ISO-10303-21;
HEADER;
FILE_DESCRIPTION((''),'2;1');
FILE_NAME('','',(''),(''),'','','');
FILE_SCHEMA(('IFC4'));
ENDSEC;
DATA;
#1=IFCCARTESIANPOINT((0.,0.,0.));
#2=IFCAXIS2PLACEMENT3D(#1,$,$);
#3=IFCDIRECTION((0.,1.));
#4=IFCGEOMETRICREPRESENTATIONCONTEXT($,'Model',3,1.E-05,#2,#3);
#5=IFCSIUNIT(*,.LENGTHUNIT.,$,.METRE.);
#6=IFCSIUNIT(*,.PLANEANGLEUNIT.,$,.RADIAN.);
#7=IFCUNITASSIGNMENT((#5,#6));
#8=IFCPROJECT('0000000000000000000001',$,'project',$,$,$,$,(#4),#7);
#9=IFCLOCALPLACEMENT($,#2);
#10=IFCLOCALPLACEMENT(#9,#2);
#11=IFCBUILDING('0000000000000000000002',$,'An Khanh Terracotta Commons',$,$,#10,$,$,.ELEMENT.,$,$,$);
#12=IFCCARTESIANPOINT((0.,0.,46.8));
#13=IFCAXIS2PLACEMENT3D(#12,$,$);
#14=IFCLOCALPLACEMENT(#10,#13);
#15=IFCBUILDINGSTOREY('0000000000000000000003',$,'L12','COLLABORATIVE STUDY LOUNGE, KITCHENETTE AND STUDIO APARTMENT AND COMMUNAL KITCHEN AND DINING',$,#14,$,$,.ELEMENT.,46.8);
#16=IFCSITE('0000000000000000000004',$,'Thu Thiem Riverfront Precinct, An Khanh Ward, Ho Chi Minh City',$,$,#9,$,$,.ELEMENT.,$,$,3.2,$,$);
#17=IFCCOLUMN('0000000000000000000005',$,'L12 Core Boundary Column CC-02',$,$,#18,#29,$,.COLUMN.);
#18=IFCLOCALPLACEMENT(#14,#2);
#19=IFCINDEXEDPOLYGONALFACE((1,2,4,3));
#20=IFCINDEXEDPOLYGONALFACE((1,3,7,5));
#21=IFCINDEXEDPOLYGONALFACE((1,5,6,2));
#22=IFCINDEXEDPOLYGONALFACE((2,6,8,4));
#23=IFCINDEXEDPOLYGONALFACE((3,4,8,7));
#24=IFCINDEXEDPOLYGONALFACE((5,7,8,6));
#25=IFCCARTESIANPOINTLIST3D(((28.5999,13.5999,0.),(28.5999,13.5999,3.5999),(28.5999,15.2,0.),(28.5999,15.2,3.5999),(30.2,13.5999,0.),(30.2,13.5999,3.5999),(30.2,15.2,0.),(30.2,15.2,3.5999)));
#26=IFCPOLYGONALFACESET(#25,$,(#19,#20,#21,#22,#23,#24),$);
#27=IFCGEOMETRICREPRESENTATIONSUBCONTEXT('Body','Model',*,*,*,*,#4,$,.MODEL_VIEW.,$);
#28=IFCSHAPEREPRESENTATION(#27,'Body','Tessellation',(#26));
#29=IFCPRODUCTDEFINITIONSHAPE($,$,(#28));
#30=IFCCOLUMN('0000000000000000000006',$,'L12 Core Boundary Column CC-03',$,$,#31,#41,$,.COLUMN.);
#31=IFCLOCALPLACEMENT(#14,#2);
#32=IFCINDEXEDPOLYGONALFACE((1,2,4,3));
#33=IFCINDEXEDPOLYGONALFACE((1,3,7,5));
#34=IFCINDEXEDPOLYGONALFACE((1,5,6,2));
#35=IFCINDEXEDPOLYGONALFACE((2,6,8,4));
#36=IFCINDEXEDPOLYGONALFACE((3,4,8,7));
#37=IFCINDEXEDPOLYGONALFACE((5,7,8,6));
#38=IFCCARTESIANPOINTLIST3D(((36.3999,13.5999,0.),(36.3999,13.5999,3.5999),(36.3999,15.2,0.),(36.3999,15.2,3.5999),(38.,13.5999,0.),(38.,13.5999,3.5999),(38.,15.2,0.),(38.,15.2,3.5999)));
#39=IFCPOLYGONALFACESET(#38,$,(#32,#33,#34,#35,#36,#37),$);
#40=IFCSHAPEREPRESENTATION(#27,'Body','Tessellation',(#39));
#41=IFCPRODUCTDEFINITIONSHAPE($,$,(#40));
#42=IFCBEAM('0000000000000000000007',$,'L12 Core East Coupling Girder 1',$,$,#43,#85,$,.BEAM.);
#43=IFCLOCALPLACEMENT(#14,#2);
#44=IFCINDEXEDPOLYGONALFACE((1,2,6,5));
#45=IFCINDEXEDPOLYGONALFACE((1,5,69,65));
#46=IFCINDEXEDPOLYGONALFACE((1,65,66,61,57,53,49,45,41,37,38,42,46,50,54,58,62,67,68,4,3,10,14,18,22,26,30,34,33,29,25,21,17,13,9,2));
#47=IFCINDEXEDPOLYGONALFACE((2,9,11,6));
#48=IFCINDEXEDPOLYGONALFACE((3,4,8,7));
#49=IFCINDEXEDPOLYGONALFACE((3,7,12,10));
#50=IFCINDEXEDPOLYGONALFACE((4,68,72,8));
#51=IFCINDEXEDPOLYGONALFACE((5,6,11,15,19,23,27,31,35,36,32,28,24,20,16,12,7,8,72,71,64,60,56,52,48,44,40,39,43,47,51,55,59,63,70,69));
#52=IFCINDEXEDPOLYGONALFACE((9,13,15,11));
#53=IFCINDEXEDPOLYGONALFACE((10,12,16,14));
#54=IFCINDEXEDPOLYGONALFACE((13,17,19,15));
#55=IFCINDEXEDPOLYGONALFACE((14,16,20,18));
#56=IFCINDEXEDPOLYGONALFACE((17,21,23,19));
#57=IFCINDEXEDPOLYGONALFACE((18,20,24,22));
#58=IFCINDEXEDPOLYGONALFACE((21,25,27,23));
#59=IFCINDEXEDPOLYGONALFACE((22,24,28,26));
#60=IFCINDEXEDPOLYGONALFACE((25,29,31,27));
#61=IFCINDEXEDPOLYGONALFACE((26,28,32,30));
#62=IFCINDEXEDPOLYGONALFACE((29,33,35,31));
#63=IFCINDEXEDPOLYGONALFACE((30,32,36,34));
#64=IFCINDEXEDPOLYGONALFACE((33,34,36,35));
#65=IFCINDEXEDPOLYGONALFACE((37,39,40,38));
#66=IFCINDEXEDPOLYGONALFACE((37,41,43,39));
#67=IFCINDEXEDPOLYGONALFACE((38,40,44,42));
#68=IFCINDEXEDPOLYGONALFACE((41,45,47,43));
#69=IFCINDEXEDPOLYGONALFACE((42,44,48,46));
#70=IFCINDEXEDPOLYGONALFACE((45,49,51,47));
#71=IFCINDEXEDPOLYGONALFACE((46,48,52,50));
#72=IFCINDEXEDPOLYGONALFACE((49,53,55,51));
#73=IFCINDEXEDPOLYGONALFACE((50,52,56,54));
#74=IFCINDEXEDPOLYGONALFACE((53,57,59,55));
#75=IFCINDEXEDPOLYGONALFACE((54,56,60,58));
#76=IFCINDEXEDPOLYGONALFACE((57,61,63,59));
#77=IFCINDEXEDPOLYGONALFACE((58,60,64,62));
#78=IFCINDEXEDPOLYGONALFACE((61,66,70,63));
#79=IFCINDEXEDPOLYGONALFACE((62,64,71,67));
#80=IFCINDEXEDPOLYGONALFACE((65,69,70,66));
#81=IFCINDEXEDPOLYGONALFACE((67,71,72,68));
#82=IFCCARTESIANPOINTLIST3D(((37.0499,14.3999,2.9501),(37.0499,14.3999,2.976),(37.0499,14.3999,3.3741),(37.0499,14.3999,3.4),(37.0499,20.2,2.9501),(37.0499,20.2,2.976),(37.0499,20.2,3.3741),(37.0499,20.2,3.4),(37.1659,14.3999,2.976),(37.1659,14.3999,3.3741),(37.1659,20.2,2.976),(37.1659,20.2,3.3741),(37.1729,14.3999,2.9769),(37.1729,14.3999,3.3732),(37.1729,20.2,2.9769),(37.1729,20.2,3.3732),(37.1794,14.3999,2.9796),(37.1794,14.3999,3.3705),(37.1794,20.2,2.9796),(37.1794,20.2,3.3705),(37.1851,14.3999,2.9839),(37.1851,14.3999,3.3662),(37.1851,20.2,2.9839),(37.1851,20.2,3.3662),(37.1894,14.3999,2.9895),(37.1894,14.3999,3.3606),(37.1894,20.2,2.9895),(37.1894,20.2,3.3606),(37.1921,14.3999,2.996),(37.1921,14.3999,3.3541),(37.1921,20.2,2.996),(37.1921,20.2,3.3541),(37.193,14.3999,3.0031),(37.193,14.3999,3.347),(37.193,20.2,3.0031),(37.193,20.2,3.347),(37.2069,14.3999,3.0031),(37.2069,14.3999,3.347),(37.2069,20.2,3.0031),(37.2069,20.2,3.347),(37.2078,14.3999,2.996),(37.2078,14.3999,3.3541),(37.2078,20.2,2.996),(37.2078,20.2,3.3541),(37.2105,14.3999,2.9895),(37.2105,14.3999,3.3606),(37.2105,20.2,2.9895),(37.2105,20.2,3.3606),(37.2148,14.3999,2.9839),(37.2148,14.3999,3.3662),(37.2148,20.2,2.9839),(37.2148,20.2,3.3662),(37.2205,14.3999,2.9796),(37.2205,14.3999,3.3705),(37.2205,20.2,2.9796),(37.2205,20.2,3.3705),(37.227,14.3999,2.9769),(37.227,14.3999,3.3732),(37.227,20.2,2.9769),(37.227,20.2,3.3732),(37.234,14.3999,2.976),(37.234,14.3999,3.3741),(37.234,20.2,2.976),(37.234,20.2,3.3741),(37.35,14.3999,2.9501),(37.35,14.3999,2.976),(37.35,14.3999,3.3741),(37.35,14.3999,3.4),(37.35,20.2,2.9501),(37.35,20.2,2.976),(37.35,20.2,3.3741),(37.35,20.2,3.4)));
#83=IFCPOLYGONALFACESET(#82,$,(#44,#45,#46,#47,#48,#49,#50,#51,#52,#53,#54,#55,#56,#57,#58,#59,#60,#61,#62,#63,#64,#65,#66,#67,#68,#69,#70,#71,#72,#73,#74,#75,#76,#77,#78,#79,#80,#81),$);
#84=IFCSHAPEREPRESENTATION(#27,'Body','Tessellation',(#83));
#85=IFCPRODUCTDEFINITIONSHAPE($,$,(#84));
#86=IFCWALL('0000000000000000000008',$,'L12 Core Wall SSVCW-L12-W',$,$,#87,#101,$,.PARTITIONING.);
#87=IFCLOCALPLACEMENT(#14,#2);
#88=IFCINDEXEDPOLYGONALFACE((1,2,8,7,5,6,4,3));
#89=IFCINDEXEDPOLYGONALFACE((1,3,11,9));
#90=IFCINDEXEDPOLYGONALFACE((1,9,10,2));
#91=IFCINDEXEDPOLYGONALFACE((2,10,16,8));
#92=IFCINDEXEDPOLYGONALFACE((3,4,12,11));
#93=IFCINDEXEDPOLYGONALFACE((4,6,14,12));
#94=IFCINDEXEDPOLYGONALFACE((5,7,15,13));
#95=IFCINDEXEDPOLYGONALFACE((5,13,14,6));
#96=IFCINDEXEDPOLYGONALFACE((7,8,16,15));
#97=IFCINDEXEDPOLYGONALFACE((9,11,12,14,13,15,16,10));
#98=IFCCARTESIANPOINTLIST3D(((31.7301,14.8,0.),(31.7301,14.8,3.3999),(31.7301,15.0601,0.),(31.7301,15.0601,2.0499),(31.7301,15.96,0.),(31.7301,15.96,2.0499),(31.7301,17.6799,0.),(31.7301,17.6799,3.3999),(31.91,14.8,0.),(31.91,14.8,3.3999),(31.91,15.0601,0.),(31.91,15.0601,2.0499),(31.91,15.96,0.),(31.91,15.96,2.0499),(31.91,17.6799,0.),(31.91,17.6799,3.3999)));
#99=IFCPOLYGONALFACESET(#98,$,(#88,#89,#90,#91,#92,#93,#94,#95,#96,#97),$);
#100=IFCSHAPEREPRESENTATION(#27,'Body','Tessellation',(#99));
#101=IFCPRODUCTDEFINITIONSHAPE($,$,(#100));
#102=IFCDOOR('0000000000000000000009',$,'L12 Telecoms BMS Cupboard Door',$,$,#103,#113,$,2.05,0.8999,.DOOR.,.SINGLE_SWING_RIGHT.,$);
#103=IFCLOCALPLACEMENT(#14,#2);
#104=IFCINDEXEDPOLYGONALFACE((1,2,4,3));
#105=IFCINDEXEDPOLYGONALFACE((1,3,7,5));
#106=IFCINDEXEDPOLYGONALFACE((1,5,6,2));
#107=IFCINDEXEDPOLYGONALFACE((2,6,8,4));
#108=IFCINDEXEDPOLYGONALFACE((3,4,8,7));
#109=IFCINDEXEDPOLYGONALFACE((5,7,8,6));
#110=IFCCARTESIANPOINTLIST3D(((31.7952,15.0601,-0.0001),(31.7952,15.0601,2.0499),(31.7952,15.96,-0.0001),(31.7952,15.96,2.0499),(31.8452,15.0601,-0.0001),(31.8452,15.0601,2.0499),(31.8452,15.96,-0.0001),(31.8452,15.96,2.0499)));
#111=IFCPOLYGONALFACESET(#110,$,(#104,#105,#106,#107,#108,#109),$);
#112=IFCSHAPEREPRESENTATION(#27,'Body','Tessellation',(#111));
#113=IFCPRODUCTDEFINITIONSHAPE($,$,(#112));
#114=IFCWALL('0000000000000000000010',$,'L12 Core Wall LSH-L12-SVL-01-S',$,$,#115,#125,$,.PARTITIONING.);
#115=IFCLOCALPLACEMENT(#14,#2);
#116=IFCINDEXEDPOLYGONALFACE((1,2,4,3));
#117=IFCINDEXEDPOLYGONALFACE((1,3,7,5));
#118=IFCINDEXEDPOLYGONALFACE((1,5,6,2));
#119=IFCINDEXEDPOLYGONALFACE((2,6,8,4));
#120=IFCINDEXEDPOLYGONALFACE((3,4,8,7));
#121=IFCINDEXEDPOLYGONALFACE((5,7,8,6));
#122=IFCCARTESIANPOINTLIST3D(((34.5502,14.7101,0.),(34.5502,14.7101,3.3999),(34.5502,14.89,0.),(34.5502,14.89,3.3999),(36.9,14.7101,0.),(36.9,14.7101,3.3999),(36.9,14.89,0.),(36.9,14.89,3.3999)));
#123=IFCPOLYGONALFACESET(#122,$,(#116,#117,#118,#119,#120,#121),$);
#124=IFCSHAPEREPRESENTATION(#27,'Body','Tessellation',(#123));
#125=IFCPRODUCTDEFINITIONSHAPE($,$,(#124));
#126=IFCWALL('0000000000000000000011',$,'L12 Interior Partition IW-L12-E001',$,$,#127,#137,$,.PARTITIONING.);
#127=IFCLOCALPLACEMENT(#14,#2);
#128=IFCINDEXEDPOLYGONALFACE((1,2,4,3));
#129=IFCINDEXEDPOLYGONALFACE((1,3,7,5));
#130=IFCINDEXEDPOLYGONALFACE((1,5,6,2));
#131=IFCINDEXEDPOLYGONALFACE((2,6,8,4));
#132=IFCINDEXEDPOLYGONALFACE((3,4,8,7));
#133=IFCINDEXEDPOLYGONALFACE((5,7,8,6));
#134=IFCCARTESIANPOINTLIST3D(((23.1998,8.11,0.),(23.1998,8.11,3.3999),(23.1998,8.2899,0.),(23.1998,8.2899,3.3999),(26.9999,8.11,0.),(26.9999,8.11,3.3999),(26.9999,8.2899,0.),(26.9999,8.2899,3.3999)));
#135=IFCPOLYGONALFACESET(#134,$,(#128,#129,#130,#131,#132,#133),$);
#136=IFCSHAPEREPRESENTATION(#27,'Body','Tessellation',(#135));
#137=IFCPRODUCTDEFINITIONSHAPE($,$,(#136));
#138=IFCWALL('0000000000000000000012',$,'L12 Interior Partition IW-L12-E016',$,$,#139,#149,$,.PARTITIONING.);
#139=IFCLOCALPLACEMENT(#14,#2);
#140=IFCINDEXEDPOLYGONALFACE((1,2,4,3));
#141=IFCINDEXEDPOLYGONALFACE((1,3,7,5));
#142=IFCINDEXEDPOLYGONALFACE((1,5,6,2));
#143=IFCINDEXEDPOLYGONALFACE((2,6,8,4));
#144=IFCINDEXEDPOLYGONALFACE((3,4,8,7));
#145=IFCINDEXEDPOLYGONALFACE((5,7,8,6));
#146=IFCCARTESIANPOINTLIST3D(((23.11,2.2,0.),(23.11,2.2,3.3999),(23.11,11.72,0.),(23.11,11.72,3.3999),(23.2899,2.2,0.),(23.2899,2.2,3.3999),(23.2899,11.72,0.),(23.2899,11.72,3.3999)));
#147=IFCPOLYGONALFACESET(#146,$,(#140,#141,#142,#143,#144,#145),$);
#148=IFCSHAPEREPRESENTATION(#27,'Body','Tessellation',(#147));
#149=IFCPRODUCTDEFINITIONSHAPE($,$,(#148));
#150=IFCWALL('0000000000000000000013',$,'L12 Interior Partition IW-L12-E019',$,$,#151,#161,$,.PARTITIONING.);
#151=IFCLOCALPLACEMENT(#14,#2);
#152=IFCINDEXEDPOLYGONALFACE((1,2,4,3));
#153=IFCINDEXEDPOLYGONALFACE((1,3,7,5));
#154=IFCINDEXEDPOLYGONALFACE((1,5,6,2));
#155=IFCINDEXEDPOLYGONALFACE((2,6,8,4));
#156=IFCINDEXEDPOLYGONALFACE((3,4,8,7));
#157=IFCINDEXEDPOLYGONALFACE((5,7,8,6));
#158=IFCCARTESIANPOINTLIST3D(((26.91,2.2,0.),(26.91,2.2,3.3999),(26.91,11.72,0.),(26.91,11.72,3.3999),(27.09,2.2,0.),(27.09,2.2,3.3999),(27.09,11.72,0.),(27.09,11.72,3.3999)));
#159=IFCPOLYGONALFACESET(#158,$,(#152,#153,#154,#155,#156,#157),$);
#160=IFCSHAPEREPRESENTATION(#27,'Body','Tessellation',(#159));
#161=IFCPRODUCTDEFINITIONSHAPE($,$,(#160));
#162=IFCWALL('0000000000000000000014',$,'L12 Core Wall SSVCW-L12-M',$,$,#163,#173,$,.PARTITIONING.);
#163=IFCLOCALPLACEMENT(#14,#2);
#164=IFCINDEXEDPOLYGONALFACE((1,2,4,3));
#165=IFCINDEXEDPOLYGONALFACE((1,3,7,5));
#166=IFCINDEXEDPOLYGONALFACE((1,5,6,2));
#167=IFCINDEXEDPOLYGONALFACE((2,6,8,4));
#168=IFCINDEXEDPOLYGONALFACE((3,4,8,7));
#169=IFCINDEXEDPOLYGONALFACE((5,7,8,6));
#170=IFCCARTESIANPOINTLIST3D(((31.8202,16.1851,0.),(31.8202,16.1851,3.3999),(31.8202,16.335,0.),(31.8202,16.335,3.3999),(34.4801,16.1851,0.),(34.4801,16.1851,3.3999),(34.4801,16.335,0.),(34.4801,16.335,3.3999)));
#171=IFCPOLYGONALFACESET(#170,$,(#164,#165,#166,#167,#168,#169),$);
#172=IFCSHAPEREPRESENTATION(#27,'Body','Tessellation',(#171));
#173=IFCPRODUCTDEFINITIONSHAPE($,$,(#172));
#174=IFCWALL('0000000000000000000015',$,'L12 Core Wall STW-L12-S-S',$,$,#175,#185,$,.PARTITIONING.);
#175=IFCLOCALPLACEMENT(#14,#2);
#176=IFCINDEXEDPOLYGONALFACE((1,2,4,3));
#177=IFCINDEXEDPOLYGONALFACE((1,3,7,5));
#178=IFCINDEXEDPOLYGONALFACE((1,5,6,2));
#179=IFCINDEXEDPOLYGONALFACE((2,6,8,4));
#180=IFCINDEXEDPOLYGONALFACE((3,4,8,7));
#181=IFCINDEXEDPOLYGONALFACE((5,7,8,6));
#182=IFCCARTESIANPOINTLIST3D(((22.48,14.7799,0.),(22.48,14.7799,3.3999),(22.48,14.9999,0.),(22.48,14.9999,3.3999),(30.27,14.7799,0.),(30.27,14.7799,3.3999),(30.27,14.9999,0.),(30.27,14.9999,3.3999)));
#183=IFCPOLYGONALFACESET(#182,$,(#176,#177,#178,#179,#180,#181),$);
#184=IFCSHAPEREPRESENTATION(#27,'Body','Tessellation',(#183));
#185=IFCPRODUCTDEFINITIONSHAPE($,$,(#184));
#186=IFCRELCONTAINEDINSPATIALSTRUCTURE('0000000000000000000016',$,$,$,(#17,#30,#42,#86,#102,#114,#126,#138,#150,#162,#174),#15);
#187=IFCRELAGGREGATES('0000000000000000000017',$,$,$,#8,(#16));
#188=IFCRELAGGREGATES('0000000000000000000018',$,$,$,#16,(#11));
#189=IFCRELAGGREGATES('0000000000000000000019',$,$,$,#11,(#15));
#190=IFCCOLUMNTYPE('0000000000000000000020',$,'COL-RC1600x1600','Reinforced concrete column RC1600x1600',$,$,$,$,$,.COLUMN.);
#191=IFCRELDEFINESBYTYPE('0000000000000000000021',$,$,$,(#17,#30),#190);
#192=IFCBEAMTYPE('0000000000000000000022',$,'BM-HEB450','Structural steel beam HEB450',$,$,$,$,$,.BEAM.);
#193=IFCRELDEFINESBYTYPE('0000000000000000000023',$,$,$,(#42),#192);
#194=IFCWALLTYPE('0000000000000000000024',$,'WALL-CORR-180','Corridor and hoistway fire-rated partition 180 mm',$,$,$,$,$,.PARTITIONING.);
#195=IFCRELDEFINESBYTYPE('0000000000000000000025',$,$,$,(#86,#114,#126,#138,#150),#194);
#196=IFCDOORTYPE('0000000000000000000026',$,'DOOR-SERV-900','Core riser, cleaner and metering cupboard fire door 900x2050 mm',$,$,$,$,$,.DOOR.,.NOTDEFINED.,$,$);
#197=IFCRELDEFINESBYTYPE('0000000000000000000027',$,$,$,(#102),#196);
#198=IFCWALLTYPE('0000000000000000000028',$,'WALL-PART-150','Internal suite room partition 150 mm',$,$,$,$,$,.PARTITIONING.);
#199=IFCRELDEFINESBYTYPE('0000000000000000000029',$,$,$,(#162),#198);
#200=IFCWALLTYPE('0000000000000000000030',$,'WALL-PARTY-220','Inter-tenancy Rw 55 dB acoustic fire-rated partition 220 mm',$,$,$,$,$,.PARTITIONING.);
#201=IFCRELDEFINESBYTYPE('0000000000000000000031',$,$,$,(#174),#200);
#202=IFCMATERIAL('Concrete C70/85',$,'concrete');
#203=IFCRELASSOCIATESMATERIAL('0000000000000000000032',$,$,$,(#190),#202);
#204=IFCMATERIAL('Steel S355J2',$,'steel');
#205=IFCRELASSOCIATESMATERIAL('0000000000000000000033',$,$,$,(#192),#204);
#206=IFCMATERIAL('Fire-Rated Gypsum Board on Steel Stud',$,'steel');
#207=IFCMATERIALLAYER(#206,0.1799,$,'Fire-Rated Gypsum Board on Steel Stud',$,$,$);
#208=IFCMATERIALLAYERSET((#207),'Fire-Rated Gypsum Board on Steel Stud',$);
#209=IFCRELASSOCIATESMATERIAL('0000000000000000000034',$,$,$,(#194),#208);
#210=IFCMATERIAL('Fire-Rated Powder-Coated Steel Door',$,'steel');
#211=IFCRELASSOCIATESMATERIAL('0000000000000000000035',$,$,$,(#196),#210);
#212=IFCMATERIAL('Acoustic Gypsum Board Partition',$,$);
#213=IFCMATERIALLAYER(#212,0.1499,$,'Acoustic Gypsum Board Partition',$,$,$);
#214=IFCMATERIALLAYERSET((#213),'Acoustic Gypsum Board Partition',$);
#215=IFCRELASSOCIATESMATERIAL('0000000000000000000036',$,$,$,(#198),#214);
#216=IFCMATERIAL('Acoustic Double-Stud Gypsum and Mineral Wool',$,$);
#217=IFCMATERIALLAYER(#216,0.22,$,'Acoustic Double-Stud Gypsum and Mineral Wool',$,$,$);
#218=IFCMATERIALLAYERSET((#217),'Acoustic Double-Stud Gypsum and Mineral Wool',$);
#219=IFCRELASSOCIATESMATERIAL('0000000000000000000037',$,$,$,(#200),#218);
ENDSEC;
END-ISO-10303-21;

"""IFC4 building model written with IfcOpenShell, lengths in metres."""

from ifc_helpers import new_model, si_unit, direction, frame, frame_2d, origin, origin_2d, place, context, subcontext, project, spatial, rectangle, i_section, extrude, material, layer, layer_set, material_profile, profile_set, type_object, element, fill, save


model = new_model("IFC4")

# Units and contexts
model_context = context("Model", 3, precision=1e-05, world=origin(), true_north=direction((0.0, 1.0)))
body_context = subcontext(model_context, "Body", "Model", "MODEL_VIEW")
ifc_project = project(units=[si_unit("LENGTHUNIT", "METRE"), si_unit("PLANEANGLEUNIT", "RADIAN")], contexts=[model_context])

# Site, building, storey
site_placement = place(None, origin())
site = spatial("IfcSite", under=ifc_project, at=site_placement, Name="Thu Thiem Riverfront Precinct, An Khanh Ward, Ho Chi Minh City", CompositionType="ELEMENT", RefElevation=3.2)
building_placement = place(site_placement, origin())
building = spatial("IfcBuilding", under=site, at=building_placement, Name="An Khanh Terracotta Commons", CompositionType="ELEMENT")
storey_placement = place(building_placement, frame((0.0, 0.0, 46.8)))
storey = spatial("IfcBuildingStorey", under=building, at=storey_placement, Name="L12", Description="COLLABORATIVE STUDY LOUNGE, KITCHENETTE AND STUDIO APARTMENT AND COMMUNAL KITCHEN AND DINING", CompositionType="ELEMENT", Elevation=46.8)

# Columns
ifc_material_1 = material(Name="Concrete C70/85", Category="concrete")
ifc_material_profile_1 = material_profile(ifc_material_1, rectangle(XDim=1.6001, YDim=1.6001, at=origin_2d()), Name="RC1600x1600")
ifc_profile_set_1 = profile_set([ifc_material_profile_1], Name="Concrete C70/85")
column_type = type_object("IfcColumnType", Name="COL-RC1600x1600", Description="Reinforced concrete column RC1600x1600", PredefinedType="COLUMN", material=ifc_profile_set_1)
for number, where, z_axis, x_axis, name in (
    (1, (29.3999, 14.3999, 0.0), (0.0, 0.0, 1.0), (1.0, 0.0, 0.0), "L12 Core Boundary Column CC-02"),
    (2, (37.2, 14.3999, 0.0), (0.0, 0.0, 1.0), (1.0, 0.0, 0.0), "L12 Core Boundary Column CC-03"),
):
    element("IfcColumn", number, at=place(storey_placement, frame(where, z_axis=z_axis, x_axis=x_axis)), inside=storey, type_object=column_type, Name=name, PredefinedType="COLUMN", context=body_context, shape_type="SweptSolid", body=[
        extrude(rectangle(XDim=1.6001, YDim=1.6001, at=origin_2d()), origin(), (0.0, 0.0, 1.0), 3.5999),
    ])

# Beam
ifc_material_2 = material(Name="Steel S355J2", Category="steel")
ifc_material_profile_2 = material_profile(ifc_material_2, i_section(OverallWidth=0.3, OverallDepth=0.45, WebThickness=0.0139, FlangeThickness=0.0259, FilletRadius=0.0271, at=origin_2d()), Name="HEB450")
ifc_profile_set_2 = profile_set([ifc_material_profile_2], Name="Steel S355J2")
beam_type = type_object("IfcBeamType", Name="BM-HEB450", Description="Structural steel beam HEB450", PredefinedType="BEAM", material=ifc_profile_set_2)
beam_placement = place(storey_placement, frame((37.2, 14.3999, 3.175), z_axis=(0.0, 1.0, 0.0), x_axis=(-1.0, 0.0, 0.0)))
element("IfcBeam", 3, at=beam_placement, inside=storey, type_object=beam_type, Name="L12 Core East Coupling Girder 1", PredefinedType="BEAM", context=body_context, shape_type="SweptSolid", body=[
    extrude(i_section(OverallWidth=0.3, OverallDepth=0.45, WebThickness=0.0139, FlangeThickness=0.0259, FilletRadius=0.0271, at=origin_2d()), origin(), (0.0, 0.0, 1.0), 5.8),
])

# Wall, opening, door
ifc_material_3 = material(Name="Fire-Rated Gypsum Board on Steel Stud", Category="steel")
ifc_layer_1 = layer(ifc_material_3, 0.1799, Name="Fire-Rated Gypsum Board on Steel Stud")
ifc_layer_set_1 = layer_set([ifc_layer_1], Name="Fire-Rated Gypsum Board on Steel Stud")
wall_type_1 = type_object("IfcWallType", Name="WALL-CORR-180", Description="Corridor and hoistway fire-rated partition 180 mm", PredefinedType="PARTITIONING", material=ifc_layer_set_1)
wall_1_placement = place(storey_placement, frame((31.8201, 14.8, 0.0), z_axis=(0.0, 0.0, 1.0), x_axis=(0.0, 1.0, 0.0)))
wall_1 = element("IfcWall", 4, at=wall_1_placement, inside=storey, type_object=wall_type_1, Name="L12 Core Wall SSVCW-L12-W", PredefinedType="PARTITIONING", context=body_context, shape_type="SweptSolid", body=[
    extrude(rectangle(XDim=2.8799, YDim=0.1799, at=frame_2d((1.4399, 0.0))), origin(), (0.0, 0.0, 1.0), 3.3999),
])
opening_1_placement = place(wall_1_placement, frame((0.26, 0.0, 0.0)))
opening_1 = element("IfcOpeningElement", 5, at=opening_1_placement, cuts=wall_1, PredefinedType="OPENING", context=body_context, shape_type="SweptSolid", body=[
    extrude(rectangle(XDim=0.8999, YDim=2.05, at=frame_2d((0.45, 1.0249))), frame((0.0, 0.0999, 0.0), z_axis=(0.0, -1.0, 0.0), x_axis=(1.0, 0.0, 0.0)), (0.0, 0.0, 1.0), 0.2),
])
ifc_material_4 = material(Name="Fire-Rated Powder-Coated Steel Door", Category="steel")
door_type_1 = type_object("IfcDoorType", Name="DOOR-SERV-900", Description="Core riser, cleaner and metering cupboard fire door 900x2050 mm", OperationType="NOTDEFINED", PredefinedType="DOOR", material=ifc_material_4)
door_1_placement = place(opening_1_placement, origin())
door_1 = element("IfcDoor", 6, at=door_1_placement, inside=storey, type_object=door_type_1, Name="L12 Telecoms BMS Cupboard Door", OperationType="SINGLE_SWING_RIGHT", OverallHeight=2.05, OverallWidth=0.8999, PredefinedType="DOOR", context=body_context, shape_type="SweptSolid", body=[
    extrude(rectangle(XDim=0.8999, YDim=2.05, at=frame_2d((0.45, 1.0249))), frame((0.0, 0.0249, 0.0), z_axis=(0.0, -1.0, 0.0), x_axis=(1.0, 0.0, 0.0)), (0.0, 0.0, 1.0), 0.05),
])
fill(opening_1, door_1)

# Walls
wall_2_placement = place(storey_placement, frame((36.8999, 14.8, 0.0), z_axis=(0.0, 0.0, 1.0), x_axis=(-1.0, 0.0, 0.0)))
element("IfcWall", 7, at=wall_2_placement, inside=storey, type_object=wall_type_1, Name="L12 Core Wall LSH-L12-SVL-01-S", PredefinedType="PARTITIONING", context=body_context, shape_type="SweptSolid", body=[
    extrude(rectangle(XDim=2.3499, YDim=0.1799, at=frame_2d((1.1748, 0.0))), origin(), (0.0, 0.0, 1.0), 3.3999),
])
wall_3_placement = place(storey_placement, frame((23.2, 8.2, 0.0), z_axis=(0.0, 0.0, 1.0), x_axis=(1.0, 0.0, 0.0)))
element("IfcWall", 8, at=wall_3_placement, inside=storey, type_object=wall_type_1, Name="L12 Interior Partition IW-L12-E001", PredefinedType="PARTITIONING", context=body_context, shape_type="SweptSolid", body=[
    extrude(rectangle(XDim=3.8, YDim=0.1799, at=frame_2d((1.8999, 0.0))), origin(), (0.0, 0.0, 1.0), 3.3999),
])
for number, where, z_axis, x_axis, name in (
    (9, (23.2, 2.2, 0.0), (0.0, 0.0, 1.0), (0.0, 1.0, 0.0), "L12 Interior Partition IW-L12-E016"),
    (10, (27.0, 2.2, 0.0), (0.0, 0.0, 1.0), (0.0, 1.0, 0.0), "L12 Interior Partition IW-L12-E019"),
):
    element("IfcWall", number, at=place(storey_placement, frame(where, z_axis=z_axis, x_axis=x_axis)), inside=storey, type_object=wall_type_1, Name=name, PredefinedType="PARTITIONING", context=body_context, shape_type="SweptSolid", body=[
        extrude(rectangle(XDim=9.52, YDim=0.1799, at=frame_2d((4.76, 0.0))), origin(), (0.0, 0.0, 1.0), 3.3999),
    ])
ifc_material_5 = material(Name="Acoustic Gypsum Board Partition")
ifc_layer_2 = layer(ifc_material_5, 0.1499, Name="Acoustic Gypsum Board Partition")
ifc_layer_set_2 = layer_set([ifc_layer_2], Name="Acoustic Gypsum Board Partition")
wall_type_2 = type_object("IfcWallType", Name="WALL-PART-150", Description="Internal suite room partition 150 mm", PredefinedType="PARTITIONING", material=ifc_layer_set_2)
wall_4_placement = place(storey_placement, frame((31.8201, 16.26, 0.0), z_axis=(0.0, 0.0, 1.0), x_axis=(1.0, 0.0, 0.0)))
element("IfcWall", 11, at=wall_4_placement, inside=storey, type_object=wall_type_2, Name="L12 Core Wall SSVCW-L12-M", PredefinedType="PARTITIONING", context=body_context, shape_type="SweptSolid", body=[
    extrude(rectangle(XDim=2.6599, YDim=0.1499, at=frame_2d((1.3301, 0.0))), origin(), (0.0, 0.0, 1.0), 3.3999),
])
ifc_material_6 = material(Name="Acoustic Double-Stud Gypsum and Mineral Wool")
ifc_layer_3 = layer(ifc_material_6, 0.22, Name="Acoustic Double-Stud Gypsum and Mineral Wool")
ifc_layer_set_3 = layer_set([ifc_layer_3], Name="Acoustic Double-Stud Gypsum and Mineral Wool")
wall_type_3 = type_object("IfcWallType", Name="WALL-PARTY-220", Description="Inter-tenancy Rw 55 dB acoustic fire-rated partition 220 mm", PredefinedType="PARTITIONING", material=ifc_layer_set_3)
wall_5_placement = place(storey_placement, frame((22.48, 14.8899, 0.0), z_axis=(0.0, 0.0, 1.0), x_axis=(1.0, 0.0, 0.0)))
element("IfcWall", 12, at=wall_5_placement, inside=storey, type_object=wall_type_3, Name="L12 Core Wall STW-L12-S-S", PredefinedType="PARTITIONING", context=body_context, shape_type="SweptSolid", body=[
    extrude(rectangle(XDim=7.79, YDim=0.22, at=frame_2d((3.895, 0.0))), origin(), (0.0, 0.0, 1.0), 3.3999),
])

save(model, "model.ifc")
